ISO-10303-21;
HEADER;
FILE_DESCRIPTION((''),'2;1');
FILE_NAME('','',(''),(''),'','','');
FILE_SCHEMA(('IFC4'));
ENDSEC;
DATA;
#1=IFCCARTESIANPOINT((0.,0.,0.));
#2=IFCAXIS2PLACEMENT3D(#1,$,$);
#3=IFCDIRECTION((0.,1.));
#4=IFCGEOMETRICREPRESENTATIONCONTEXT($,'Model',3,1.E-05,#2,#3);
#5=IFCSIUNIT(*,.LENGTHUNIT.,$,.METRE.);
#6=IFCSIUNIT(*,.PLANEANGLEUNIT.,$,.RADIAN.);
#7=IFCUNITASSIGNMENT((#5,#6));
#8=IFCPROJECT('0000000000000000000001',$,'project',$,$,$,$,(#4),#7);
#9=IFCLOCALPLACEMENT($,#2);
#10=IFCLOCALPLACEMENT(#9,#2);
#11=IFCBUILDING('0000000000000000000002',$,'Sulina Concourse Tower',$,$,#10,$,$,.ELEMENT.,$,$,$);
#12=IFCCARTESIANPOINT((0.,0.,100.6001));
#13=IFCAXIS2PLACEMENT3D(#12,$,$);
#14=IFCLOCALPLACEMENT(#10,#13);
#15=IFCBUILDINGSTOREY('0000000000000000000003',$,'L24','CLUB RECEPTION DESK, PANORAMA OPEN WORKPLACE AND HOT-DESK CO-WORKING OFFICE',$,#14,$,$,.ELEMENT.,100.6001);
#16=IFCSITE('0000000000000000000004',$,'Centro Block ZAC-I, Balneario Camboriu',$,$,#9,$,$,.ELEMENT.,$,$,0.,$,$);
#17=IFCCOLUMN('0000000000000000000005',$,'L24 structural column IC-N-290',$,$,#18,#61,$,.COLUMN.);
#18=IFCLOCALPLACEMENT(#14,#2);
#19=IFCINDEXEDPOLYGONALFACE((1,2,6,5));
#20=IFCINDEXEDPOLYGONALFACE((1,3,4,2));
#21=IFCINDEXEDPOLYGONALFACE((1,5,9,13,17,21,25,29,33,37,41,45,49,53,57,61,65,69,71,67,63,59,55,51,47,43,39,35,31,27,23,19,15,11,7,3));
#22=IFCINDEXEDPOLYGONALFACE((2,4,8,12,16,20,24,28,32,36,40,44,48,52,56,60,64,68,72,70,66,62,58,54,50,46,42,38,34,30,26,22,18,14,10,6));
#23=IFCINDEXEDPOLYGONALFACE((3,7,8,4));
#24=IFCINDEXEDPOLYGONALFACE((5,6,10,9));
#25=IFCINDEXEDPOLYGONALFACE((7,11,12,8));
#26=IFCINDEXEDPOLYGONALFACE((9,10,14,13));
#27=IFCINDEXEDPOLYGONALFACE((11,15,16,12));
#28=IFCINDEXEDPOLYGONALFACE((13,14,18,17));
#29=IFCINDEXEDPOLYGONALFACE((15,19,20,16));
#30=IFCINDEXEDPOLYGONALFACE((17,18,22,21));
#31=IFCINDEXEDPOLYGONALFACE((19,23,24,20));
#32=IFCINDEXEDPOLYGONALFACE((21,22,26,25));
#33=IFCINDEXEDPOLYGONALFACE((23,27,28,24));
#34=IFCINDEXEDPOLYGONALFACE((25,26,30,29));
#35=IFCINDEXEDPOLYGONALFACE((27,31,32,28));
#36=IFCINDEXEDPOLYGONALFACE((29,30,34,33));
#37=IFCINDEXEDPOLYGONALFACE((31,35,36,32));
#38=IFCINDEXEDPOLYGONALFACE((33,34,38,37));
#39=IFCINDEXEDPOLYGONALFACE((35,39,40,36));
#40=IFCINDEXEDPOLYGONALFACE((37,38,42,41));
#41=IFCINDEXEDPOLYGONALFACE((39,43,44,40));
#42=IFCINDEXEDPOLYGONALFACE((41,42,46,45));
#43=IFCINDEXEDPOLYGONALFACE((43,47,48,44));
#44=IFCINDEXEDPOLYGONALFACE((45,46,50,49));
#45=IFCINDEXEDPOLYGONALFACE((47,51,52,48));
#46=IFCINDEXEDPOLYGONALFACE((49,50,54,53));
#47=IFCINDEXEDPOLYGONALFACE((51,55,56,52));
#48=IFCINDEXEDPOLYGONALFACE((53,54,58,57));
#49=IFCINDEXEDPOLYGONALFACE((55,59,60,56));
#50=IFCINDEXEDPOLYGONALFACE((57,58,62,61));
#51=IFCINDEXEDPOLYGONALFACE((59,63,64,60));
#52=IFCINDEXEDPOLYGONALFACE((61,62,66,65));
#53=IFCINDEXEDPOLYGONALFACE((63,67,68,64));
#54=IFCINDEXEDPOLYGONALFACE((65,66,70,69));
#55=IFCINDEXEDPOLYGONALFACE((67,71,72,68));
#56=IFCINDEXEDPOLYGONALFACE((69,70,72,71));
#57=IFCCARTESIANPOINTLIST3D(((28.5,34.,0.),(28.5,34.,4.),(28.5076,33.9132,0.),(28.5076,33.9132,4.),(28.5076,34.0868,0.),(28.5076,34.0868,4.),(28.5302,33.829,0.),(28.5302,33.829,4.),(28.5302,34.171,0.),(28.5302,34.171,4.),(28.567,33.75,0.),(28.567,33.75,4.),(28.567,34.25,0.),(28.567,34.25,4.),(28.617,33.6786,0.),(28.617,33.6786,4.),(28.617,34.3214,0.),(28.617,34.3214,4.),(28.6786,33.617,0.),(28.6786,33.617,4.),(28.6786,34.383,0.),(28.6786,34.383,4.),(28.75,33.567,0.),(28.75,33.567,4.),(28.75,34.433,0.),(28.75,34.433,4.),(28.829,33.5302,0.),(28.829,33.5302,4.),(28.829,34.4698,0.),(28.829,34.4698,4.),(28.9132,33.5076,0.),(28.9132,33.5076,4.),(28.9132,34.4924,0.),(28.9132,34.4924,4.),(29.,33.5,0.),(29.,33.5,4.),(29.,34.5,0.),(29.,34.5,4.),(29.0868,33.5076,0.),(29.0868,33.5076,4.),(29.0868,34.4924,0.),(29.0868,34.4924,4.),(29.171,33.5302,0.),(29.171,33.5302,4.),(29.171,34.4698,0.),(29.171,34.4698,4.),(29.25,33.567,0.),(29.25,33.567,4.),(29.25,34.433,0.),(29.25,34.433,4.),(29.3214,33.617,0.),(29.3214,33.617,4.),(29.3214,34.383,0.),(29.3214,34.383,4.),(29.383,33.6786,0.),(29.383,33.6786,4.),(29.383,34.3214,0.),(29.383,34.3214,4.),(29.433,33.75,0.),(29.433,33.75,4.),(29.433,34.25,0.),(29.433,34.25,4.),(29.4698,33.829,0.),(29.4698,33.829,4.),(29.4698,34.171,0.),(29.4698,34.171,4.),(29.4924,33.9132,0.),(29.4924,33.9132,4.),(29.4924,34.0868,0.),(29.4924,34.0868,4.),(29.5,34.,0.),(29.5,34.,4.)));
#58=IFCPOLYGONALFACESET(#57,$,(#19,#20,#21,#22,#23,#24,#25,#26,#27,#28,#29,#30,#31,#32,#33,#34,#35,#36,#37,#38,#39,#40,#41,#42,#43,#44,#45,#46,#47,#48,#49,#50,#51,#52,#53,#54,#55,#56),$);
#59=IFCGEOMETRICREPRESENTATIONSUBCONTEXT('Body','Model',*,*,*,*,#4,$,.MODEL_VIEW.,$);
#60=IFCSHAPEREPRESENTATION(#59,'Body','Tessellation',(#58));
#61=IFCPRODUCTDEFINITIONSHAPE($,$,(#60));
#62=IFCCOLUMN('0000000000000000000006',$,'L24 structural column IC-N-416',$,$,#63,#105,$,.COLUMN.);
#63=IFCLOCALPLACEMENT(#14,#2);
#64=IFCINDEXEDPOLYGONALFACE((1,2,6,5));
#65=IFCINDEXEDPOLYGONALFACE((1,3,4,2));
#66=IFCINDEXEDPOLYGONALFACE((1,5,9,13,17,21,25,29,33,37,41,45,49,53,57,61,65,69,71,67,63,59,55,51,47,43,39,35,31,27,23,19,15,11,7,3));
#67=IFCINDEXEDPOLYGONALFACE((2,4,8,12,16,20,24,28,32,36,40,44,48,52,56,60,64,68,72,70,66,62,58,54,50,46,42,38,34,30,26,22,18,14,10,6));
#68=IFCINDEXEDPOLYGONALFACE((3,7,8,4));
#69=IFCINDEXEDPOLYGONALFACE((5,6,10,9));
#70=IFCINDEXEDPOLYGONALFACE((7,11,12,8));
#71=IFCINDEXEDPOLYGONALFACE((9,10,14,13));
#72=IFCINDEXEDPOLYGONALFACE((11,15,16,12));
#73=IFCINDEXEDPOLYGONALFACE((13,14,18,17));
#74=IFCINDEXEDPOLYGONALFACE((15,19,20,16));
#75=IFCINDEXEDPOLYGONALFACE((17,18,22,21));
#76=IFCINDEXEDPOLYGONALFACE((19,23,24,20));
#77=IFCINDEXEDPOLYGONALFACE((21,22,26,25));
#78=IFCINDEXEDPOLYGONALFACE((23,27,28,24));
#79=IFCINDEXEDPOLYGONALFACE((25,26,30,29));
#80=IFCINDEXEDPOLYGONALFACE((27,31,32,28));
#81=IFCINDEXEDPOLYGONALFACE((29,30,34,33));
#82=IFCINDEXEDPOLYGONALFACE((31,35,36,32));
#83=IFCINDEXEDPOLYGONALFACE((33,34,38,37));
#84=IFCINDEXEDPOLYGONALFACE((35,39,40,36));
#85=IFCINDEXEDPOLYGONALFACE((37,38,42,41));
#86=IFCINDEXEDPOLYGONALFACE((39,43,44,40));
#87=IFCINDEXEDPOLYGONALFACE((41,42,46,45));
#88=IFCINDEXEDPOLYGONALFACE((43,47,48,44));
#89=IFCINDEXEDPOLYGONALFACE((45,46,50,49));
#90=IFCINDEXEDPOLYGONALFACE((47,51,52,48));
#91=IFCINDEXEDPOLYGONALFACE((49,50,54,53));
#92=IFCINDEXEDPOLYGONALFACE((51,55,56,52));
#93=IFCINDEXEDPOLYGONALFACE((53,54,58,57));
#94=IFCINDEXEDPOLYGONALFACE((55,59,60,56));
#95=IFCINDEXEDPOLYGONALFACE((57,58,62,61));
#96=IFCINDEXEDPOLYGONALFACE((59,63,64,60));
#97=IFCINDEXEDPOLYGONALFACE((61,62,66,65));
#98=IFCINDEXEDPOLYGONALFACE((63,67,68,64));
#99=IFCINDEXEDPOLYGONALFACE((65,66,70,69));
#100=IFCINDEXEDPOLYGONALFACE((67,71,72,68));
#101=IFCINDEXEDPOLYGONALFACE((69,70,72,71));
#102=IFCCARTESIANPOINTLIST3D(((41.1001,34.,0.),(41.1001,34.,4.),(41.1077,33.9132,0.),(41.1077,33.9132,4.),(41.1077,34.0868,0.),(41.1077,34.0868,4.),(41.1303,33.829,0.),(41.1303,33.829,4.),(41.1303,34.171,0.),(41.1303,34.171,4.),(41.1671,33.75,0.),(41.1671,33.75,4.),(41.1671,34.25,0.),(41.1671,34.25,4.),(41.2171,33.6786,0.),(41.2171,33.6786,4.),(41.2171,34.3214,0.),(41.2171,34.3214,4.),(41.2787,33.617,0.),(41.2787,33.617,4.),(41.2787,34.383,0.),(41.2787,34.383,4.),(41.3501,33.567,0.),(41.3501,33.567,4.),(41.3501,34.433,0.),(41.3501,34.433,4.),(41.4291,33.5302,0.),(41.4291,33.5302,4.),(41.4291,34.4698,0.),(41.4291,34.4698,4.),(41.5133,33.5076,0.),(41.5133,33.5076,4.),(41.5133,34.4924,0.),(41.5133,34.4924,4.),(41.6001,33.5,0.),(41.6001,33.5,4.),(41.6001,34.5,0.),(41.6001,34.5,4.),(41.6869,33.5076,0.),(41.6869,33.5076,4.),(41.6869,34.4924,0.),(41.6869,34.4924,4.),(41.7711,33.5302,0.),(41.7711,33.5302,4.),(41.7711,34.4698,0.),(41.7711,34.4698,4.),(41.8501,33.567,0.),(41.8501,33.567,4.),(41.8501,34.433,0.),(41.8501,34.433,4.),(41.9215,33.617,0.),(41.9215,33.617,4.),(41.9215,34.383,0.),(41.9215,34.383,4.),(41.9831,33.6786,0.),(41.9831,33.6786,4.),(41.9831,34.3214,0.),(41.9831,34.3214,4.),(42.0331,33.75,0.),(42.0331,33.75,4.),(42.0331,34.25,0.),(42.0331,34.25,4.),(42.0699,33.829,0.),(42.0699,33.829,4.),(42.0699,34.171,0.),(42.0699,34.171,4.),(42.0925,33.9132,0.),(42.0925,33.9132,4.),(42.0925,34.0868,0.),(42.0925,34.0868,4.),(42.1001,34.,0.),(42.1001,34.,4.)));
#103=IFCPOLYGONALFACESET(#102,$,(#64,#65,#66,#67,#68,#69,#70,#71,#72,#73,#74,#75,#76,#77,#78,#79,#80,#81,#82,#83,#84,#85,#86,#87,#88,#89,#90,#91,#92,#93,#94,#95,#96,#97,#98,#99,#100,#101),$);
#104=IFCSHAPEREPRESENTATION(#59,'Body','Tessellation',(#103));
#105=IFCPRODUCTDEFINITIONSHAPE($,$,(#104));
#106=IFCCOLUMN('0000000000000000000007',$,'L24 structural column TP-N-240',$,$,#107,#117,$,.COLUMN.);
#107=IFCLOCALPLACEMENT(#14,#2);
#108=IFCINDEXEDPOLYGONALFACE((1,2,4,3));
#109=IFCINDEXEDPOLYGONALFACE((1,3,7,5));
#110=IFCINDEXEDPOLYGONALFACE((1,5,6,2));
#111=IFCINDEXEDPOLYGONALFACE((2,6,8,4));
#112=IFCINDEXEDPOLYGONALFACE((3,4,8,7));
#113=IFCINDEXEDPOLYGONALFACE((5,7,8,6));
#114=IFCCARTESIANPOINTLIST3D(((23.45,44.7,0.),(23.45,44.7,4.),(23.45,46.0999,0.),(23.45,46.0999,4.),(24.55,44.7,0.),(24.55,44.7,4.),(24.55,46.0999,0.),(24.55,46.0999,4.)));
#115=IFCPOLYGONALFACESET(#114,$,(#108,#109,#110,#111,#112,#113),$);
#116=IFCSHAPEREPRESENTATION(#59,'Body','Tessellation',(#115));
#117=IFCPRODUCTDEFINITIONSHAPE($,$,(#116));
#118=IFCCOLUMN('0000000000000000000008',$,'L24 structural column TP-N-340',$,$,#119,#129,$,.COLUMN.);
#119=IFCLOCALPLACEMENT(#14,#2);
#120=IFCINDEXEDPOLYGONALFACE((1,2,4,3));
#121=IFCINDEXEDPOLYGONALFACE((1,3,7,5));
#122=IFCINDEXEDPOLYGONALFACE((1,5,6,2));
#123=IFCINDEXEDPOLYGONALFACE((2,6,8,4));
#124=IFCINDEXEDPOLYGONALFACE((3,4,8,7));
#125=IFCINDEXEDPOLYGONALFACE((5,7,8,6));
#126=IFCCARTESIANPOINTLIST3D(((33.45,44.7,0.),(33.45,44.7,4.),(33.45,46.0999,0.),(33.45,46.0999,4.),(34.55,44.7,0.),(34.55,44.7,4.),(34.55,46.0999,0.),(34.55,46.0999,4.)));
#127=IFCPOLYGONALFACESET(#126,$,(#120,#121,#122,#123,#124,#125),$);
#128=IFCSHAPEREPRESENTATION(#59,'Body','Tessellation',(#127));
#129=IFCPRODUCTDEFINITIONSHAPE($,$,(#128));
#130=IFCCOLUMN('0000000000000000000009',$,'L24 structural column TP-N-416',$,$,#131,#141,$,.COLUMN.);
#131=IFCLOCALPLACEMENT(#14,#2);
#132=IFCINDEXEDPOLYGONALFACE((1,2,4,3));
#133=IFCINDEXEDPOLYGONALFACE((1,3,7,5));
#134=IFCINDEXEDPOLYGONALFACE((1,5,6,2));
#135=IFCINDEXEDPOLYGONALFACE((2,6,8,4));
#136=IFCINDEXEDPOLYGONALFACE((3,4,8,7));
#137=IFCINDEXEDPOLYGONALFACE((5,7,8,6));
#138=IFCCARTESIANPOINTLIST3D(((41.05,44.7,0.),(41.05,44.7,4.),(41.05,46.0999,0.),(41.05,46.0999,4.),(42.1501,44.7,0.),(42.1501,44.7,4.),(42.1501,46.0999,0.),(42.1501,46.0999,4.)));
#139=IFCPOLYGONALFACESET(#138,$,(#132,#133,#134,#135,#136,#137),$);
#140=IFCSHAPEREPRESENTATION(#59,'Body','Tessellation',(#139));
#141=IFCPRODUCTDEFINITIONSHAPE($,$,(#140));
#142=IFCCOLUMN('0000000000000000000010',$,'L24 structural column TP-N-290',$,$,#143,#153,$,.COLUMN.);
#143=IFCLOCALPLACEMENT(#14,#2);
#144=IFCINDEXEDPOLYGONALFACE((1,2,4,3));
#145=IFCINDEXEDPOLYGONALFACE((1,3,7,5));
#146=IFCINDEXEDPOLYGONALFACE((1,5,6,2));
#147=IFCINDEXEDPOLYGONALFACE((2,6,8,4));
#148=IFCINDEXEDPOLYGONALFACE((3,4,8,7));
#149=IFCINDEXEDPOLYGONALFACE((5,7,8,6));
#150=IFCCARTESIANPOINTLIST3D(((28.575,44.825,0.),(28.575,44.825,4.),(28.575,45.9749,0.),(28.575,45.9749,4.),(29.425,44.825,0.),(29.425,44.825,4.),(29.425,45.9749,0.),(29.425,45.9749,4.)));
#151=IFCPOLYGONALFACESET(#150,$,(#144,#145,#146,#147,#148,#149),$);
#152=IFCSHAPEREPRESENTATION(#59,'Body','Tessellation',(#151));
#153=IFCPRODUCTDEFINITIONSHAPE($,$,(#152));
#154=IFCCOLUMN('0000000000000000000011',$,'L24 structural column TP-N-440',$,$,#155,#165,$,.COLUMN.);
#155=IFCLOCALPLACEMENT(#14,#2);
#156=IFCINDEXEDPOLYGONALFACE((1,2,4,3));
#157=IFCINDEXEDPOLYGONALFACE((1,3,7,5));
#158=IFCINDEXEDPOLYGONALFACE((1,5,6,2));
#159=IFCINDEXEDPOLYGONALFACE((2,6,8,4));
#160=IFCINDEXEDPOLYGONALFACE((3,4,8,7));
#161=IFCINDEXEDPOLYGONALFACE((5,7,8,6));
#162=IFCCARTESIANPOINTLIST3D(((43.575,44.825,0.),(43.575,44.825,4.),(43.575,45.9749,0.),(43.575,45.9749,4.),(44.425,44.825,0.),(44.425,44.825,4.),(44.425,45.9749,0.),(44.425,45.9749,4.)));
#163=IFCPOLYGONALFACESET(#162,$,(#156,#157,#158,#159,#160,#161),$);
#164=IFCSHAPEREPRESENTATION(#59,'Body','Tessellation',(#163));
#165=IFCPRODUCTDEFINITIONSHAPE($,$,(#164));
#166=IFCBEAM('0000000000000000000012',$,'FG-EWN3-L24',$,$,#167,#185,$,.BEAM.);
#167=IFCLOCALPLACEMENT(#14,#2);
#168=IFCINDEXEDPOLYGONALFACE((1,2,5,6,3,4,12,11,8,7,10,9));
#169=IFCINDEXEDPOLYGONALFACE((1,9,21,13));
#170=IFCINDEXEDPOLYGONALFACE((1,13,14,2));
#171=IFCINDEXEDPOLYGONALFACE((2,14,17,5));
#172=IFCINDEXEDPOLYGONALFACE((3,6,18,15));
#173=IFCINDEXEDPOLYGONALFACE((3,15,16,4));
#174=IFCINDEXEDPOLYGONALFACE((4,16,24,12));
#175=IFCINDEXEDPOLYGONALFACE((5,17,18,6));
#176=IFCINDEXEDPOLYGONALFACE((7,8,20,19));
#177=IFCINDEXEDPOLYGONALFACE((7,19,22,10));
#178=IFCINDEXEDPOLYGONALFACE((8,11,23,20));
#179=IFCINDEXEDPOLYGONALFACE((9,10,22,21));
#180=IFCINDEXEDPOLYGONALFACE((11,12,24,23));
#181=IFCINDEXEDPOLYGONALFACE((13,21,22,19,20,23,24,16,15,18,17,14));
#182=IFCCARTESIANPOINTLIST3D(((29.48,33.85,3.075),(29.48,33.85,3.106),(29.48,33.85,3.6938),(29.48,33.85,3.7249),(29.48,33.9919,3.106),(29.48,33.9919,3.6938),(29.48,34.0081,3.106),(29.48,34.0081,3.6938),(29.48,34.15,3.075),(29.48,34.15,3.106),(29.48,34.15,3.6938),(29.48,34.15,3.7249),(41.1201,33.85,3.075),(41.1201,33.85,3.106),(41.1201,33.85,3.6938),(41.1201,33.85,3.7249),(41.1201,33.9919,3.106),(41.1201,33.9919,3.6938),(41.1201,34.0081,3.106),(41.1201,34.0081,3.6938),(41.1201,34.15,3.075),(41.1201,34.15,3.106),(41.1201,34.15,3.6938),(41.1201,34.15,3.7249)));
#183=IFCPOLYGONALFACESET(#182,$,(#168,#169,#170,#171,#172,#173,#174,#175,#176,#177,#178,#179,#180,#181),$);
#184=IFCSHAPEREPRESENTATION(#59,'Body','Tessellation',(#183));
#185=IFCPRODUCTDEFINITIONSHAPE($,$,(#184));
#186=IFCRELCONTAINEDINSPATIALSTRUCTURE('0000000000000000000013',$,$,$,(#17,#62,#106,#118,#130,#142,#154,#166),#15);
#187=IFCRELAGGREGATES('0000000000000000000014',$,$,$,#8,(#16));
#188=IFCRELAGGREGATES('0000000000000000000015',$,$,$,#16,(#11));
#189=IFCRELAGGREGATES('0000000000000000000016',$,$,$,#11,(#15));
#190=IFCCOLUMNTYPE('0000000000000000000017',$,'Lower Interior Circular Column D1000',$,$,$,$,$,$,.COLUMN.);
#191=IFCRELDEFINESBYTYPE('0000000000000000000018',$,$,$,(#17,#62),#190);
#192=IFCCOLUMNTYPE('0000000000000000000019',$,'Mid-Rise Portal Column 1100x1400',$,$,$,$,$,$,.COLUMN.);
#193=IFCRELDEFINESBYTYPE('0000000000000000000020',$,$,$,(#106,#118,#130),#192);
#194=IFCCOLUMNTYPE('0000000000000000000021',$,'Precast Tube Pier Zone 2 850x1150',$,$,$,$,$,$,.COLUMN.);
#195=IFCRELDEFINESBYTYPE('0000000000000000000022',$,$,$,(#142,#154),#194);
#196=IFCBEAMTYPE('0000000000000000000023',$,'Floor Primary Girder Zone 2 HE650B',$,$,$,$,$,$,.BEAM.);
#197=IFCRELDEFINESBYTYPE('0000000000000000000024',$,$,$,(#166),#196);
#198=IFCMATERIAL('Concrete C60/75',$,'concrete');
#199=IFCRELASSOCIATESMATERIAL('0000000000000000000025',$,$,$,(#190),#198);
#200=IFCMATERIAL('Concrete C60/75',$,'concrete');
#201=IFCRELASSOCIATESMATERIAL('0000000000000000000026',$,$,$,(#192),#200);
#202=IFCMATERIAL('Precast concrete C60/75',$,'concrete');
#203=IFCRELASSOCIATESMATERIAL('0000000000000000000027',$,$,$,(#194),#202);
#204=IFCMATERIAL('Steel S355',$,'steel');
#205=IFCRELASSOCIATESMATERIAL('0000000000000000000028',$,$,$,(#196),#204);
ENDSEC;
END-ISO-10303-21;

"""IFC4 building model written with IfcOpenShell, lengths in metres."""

from ifc_helpers import new_model, si_unit, direction, frame, origin, origin_2d, place, context, subcontext, project, spatial, rectangle, circle, i_section, extrude, material, material_profile, profile_set, type_object, element, save


model = new_model("IFC4")

# Units and contexts
model_context = context("Model", 3, precision=1e-05, world=origin(), true_north=direction((0.0, 1.0)))
body_context = subcontext(model_context, "Body", "Model", "MODEL_VIEW")
ifc_project = project(units=[si_unit("LENGTHUNIT", "METRE"), si_unit("PLANEANGLEUNIT", "RADIAN")], contexts=[model_context])

# Site, building, storey
site_placement = place(None, origin())
site = spatial("IfcSite", under=ifc_project, at=site_placement, Name="Centro Block ZAC-I, Balneario Camboriu", CompositionType="ELEMENT", RefElevation=0.0)
building_placement = place(site_placement, origin())
building = spatial("IfcBuilding", under=site, at=building_placement, Name="Sulina Concourse Tower", CompositionType="ELEMENT")
storey_placement = place(building_placement, frame((0.0, 0.0, 100.6001)))
storey = spatial("IfcBuildingStorey", under=building, at=storey_placement, Name="L24", Description="CLUB RECEPTION DESK, PANORAMA OPEN WORKPLACE AND HOT-DESK CO-WORKING OFFICE", CompositionType="ELEMENT", Elevation=100.6001)

# Columns
ifc_material_1 = material(Name="Concrete C60/75", Category="concrete")
ifc_material_profile_1 = material_profile(ifc_material_1, circle(Radius=0.5, at=origin_2d()), Name="RC D1000")
ifc_profile_set_1 = profile_set([ifc_material_profile_1], Name="Concrete C60/75")
column_type_1 = type_object("IfcColumnType", Name="Lower Interior Circular Column D1000", PredefinedType="COLUMN", material=ifc_profile_set_1)
for number, where, z_axis, x_axis, name in (
    (1, (29.0, 34.0, 0.0), (0.0, 0.0, 1.0), (1.0, 0.0, 0.0), "L24 structural column IC-N-290"),
    (2, (41.6001, 34.0, 0.0), (0.0, 0.0, 1.0), (1.0, 0.0, 0.0), "L24 structural column IC-N-416"),
):
    element("IfcColumn", number, at=place(storey_placement, frame(where, z_axis=z_axis, x_axis=x_axis)), inside=storey, type_object=column_type_1, Name=name, PredefinedType="COLUMN", context=body_context, shape_type="SweptSolid", body=[
        extrude(circle(Radius=0.5, at=origin_2d()), origin(), (0.0, 0.0, 1.0), 4.0),
    ])
ifc_material_2 = material(Name="Concrete C60/75", Category="concrete")
ifc_material_profile_2 = material_profile(ifc_material_2, rectangle(XDim=1.1001, YDim=1.3999, at=origin_2d()), Name="RC 1100x1400")
ifc_profile_set_2 = profile_set([ifc_material_profile_2], Name="Concrete C60/75")
column_type_2 = type_object("IfcColumnType", Name="Mid-Rise Portal Column 1100x1400", PredefinedType="COLUMN", material=ifc_profile_set_2)
for number, where, z_axis, x_axis, name in (
    (3, (24.0, 45.3999, 0.0), (0.0, 0.0, 1.0), (1.0, 0.0, 0.0), "L24 structural column TP-N-240"),
    (4, (34.0, 45.3999, 0.0), (0.0, 0.0, 1.0), (1.0, 0.0, 0.0), "L24 structural column TP-N-340"),
    (5, (41.6001, 45.3999, 0.0), (0.0, 0.0, 1.0), (1.0, 0.0, 0.0), "L24 structural column TP-N-416"),
):
    element("IfcColumn", number, at=place(storey_placement, frame(where, z_axis=z_axis, x_axis=x_axis)), inside=storey, type_object=column_type_2, Name=name, PredefinedType="COLUMN", context=body_context, shape_type="SweptSolid", body=[
        extrude(rectangle(XDim=1.1001, YDim=1.3999, at=origin_2d()), origin(), (0.0, 0.0, 1.0), 4.0),
    ])
ifc_material_3 = material(Name="Precast concrete C60/75", Category="concrete")
ifc_material_profile_3 = material_profile(ifc_material_3, rectangle(XDim=0.8501, YDim=1.1499, at=origin_2d()), Name="PC 850x1150")
ifc_profile_set_3 = profile_set([ifc_material_profile_3], Name="Precast concrete C60/75")
column_type_3 = type_object("IfcColumnType", Name="Precast Tube Pier Zone 2 850x1150", PredefinedType="COLUMN", material=ifc_profile_set_3)
for number, where, z_axis, x_axis, name in (
    (6, (29.0, 45.3999, 0.0), (0.0, 0.0, 1.0), (1.0, 0.0, 0.0), "L24 structural column TP-N-290"),
    (7, (44.0, 45.3999, 0.0), (0.0, 0.0, 1.0), (1.0, 0.0, 0.0), "L24 structural column TP-N-440"),
):
    element("IfcColumn", number, at=place(storey_placement, frame(where, z_axis=z_axis, x_axis=x_axis)), inside=storey, type_object=column_type_3, Name=name, PredefinedType="COLUMN", context=body_context, shape_type="SweptSolid", body=[
        extrude(rectangle(XDim=0.8501, YDim=1.1499, at=origin_2d()), origin(), (0.0, 0.0, 1.0), 4.0),
    ])

# Beam
ifc_material_4 = material(Name="Steel S355", Category="steel")
ifc_material_profile_4 = material_profile(ifc_material_4, i_section(OverallWidth=0.3, OverallDepth=0.6499, WebThickness=0.0161, FlangeThickness=0.031, at=origin_2d()), Name="HE 650 B")
ifc_profile_set_4 = profile_set([ifc_material_profile_4], Name="Steel S355")
beam_type_1 = type_object("IfcBeamType", Name="Floor Primary Girder Zone 2 HE650B", PredefinedType="BEAM", material=ifc_profile_set_4)
beam_1_placement = place(storey_placement, frame((29.48, 34.0, 3.3999), z_axis=(1.0, 0.0, 0.0), x_axis=(0.0, 1.0, 0.0)))
element("IfcBeam", 8, at=beam_1_placement, inside=storey, type_object=beam_type_1, Name="FG-EWN3-L24", PredefinedType="BEAM", context=body_context, shape_type="SweptSolid", body=[
    extrude(i_section(OverallWidth=0.3, OverallDepth=0.6499, WebThickness=0.0161, FlangeThickness=0.031, at=origin_2d()), origin(), (0.0, 0.0, 1.0), 11.6401),
])

save(model, "model.ifc")
